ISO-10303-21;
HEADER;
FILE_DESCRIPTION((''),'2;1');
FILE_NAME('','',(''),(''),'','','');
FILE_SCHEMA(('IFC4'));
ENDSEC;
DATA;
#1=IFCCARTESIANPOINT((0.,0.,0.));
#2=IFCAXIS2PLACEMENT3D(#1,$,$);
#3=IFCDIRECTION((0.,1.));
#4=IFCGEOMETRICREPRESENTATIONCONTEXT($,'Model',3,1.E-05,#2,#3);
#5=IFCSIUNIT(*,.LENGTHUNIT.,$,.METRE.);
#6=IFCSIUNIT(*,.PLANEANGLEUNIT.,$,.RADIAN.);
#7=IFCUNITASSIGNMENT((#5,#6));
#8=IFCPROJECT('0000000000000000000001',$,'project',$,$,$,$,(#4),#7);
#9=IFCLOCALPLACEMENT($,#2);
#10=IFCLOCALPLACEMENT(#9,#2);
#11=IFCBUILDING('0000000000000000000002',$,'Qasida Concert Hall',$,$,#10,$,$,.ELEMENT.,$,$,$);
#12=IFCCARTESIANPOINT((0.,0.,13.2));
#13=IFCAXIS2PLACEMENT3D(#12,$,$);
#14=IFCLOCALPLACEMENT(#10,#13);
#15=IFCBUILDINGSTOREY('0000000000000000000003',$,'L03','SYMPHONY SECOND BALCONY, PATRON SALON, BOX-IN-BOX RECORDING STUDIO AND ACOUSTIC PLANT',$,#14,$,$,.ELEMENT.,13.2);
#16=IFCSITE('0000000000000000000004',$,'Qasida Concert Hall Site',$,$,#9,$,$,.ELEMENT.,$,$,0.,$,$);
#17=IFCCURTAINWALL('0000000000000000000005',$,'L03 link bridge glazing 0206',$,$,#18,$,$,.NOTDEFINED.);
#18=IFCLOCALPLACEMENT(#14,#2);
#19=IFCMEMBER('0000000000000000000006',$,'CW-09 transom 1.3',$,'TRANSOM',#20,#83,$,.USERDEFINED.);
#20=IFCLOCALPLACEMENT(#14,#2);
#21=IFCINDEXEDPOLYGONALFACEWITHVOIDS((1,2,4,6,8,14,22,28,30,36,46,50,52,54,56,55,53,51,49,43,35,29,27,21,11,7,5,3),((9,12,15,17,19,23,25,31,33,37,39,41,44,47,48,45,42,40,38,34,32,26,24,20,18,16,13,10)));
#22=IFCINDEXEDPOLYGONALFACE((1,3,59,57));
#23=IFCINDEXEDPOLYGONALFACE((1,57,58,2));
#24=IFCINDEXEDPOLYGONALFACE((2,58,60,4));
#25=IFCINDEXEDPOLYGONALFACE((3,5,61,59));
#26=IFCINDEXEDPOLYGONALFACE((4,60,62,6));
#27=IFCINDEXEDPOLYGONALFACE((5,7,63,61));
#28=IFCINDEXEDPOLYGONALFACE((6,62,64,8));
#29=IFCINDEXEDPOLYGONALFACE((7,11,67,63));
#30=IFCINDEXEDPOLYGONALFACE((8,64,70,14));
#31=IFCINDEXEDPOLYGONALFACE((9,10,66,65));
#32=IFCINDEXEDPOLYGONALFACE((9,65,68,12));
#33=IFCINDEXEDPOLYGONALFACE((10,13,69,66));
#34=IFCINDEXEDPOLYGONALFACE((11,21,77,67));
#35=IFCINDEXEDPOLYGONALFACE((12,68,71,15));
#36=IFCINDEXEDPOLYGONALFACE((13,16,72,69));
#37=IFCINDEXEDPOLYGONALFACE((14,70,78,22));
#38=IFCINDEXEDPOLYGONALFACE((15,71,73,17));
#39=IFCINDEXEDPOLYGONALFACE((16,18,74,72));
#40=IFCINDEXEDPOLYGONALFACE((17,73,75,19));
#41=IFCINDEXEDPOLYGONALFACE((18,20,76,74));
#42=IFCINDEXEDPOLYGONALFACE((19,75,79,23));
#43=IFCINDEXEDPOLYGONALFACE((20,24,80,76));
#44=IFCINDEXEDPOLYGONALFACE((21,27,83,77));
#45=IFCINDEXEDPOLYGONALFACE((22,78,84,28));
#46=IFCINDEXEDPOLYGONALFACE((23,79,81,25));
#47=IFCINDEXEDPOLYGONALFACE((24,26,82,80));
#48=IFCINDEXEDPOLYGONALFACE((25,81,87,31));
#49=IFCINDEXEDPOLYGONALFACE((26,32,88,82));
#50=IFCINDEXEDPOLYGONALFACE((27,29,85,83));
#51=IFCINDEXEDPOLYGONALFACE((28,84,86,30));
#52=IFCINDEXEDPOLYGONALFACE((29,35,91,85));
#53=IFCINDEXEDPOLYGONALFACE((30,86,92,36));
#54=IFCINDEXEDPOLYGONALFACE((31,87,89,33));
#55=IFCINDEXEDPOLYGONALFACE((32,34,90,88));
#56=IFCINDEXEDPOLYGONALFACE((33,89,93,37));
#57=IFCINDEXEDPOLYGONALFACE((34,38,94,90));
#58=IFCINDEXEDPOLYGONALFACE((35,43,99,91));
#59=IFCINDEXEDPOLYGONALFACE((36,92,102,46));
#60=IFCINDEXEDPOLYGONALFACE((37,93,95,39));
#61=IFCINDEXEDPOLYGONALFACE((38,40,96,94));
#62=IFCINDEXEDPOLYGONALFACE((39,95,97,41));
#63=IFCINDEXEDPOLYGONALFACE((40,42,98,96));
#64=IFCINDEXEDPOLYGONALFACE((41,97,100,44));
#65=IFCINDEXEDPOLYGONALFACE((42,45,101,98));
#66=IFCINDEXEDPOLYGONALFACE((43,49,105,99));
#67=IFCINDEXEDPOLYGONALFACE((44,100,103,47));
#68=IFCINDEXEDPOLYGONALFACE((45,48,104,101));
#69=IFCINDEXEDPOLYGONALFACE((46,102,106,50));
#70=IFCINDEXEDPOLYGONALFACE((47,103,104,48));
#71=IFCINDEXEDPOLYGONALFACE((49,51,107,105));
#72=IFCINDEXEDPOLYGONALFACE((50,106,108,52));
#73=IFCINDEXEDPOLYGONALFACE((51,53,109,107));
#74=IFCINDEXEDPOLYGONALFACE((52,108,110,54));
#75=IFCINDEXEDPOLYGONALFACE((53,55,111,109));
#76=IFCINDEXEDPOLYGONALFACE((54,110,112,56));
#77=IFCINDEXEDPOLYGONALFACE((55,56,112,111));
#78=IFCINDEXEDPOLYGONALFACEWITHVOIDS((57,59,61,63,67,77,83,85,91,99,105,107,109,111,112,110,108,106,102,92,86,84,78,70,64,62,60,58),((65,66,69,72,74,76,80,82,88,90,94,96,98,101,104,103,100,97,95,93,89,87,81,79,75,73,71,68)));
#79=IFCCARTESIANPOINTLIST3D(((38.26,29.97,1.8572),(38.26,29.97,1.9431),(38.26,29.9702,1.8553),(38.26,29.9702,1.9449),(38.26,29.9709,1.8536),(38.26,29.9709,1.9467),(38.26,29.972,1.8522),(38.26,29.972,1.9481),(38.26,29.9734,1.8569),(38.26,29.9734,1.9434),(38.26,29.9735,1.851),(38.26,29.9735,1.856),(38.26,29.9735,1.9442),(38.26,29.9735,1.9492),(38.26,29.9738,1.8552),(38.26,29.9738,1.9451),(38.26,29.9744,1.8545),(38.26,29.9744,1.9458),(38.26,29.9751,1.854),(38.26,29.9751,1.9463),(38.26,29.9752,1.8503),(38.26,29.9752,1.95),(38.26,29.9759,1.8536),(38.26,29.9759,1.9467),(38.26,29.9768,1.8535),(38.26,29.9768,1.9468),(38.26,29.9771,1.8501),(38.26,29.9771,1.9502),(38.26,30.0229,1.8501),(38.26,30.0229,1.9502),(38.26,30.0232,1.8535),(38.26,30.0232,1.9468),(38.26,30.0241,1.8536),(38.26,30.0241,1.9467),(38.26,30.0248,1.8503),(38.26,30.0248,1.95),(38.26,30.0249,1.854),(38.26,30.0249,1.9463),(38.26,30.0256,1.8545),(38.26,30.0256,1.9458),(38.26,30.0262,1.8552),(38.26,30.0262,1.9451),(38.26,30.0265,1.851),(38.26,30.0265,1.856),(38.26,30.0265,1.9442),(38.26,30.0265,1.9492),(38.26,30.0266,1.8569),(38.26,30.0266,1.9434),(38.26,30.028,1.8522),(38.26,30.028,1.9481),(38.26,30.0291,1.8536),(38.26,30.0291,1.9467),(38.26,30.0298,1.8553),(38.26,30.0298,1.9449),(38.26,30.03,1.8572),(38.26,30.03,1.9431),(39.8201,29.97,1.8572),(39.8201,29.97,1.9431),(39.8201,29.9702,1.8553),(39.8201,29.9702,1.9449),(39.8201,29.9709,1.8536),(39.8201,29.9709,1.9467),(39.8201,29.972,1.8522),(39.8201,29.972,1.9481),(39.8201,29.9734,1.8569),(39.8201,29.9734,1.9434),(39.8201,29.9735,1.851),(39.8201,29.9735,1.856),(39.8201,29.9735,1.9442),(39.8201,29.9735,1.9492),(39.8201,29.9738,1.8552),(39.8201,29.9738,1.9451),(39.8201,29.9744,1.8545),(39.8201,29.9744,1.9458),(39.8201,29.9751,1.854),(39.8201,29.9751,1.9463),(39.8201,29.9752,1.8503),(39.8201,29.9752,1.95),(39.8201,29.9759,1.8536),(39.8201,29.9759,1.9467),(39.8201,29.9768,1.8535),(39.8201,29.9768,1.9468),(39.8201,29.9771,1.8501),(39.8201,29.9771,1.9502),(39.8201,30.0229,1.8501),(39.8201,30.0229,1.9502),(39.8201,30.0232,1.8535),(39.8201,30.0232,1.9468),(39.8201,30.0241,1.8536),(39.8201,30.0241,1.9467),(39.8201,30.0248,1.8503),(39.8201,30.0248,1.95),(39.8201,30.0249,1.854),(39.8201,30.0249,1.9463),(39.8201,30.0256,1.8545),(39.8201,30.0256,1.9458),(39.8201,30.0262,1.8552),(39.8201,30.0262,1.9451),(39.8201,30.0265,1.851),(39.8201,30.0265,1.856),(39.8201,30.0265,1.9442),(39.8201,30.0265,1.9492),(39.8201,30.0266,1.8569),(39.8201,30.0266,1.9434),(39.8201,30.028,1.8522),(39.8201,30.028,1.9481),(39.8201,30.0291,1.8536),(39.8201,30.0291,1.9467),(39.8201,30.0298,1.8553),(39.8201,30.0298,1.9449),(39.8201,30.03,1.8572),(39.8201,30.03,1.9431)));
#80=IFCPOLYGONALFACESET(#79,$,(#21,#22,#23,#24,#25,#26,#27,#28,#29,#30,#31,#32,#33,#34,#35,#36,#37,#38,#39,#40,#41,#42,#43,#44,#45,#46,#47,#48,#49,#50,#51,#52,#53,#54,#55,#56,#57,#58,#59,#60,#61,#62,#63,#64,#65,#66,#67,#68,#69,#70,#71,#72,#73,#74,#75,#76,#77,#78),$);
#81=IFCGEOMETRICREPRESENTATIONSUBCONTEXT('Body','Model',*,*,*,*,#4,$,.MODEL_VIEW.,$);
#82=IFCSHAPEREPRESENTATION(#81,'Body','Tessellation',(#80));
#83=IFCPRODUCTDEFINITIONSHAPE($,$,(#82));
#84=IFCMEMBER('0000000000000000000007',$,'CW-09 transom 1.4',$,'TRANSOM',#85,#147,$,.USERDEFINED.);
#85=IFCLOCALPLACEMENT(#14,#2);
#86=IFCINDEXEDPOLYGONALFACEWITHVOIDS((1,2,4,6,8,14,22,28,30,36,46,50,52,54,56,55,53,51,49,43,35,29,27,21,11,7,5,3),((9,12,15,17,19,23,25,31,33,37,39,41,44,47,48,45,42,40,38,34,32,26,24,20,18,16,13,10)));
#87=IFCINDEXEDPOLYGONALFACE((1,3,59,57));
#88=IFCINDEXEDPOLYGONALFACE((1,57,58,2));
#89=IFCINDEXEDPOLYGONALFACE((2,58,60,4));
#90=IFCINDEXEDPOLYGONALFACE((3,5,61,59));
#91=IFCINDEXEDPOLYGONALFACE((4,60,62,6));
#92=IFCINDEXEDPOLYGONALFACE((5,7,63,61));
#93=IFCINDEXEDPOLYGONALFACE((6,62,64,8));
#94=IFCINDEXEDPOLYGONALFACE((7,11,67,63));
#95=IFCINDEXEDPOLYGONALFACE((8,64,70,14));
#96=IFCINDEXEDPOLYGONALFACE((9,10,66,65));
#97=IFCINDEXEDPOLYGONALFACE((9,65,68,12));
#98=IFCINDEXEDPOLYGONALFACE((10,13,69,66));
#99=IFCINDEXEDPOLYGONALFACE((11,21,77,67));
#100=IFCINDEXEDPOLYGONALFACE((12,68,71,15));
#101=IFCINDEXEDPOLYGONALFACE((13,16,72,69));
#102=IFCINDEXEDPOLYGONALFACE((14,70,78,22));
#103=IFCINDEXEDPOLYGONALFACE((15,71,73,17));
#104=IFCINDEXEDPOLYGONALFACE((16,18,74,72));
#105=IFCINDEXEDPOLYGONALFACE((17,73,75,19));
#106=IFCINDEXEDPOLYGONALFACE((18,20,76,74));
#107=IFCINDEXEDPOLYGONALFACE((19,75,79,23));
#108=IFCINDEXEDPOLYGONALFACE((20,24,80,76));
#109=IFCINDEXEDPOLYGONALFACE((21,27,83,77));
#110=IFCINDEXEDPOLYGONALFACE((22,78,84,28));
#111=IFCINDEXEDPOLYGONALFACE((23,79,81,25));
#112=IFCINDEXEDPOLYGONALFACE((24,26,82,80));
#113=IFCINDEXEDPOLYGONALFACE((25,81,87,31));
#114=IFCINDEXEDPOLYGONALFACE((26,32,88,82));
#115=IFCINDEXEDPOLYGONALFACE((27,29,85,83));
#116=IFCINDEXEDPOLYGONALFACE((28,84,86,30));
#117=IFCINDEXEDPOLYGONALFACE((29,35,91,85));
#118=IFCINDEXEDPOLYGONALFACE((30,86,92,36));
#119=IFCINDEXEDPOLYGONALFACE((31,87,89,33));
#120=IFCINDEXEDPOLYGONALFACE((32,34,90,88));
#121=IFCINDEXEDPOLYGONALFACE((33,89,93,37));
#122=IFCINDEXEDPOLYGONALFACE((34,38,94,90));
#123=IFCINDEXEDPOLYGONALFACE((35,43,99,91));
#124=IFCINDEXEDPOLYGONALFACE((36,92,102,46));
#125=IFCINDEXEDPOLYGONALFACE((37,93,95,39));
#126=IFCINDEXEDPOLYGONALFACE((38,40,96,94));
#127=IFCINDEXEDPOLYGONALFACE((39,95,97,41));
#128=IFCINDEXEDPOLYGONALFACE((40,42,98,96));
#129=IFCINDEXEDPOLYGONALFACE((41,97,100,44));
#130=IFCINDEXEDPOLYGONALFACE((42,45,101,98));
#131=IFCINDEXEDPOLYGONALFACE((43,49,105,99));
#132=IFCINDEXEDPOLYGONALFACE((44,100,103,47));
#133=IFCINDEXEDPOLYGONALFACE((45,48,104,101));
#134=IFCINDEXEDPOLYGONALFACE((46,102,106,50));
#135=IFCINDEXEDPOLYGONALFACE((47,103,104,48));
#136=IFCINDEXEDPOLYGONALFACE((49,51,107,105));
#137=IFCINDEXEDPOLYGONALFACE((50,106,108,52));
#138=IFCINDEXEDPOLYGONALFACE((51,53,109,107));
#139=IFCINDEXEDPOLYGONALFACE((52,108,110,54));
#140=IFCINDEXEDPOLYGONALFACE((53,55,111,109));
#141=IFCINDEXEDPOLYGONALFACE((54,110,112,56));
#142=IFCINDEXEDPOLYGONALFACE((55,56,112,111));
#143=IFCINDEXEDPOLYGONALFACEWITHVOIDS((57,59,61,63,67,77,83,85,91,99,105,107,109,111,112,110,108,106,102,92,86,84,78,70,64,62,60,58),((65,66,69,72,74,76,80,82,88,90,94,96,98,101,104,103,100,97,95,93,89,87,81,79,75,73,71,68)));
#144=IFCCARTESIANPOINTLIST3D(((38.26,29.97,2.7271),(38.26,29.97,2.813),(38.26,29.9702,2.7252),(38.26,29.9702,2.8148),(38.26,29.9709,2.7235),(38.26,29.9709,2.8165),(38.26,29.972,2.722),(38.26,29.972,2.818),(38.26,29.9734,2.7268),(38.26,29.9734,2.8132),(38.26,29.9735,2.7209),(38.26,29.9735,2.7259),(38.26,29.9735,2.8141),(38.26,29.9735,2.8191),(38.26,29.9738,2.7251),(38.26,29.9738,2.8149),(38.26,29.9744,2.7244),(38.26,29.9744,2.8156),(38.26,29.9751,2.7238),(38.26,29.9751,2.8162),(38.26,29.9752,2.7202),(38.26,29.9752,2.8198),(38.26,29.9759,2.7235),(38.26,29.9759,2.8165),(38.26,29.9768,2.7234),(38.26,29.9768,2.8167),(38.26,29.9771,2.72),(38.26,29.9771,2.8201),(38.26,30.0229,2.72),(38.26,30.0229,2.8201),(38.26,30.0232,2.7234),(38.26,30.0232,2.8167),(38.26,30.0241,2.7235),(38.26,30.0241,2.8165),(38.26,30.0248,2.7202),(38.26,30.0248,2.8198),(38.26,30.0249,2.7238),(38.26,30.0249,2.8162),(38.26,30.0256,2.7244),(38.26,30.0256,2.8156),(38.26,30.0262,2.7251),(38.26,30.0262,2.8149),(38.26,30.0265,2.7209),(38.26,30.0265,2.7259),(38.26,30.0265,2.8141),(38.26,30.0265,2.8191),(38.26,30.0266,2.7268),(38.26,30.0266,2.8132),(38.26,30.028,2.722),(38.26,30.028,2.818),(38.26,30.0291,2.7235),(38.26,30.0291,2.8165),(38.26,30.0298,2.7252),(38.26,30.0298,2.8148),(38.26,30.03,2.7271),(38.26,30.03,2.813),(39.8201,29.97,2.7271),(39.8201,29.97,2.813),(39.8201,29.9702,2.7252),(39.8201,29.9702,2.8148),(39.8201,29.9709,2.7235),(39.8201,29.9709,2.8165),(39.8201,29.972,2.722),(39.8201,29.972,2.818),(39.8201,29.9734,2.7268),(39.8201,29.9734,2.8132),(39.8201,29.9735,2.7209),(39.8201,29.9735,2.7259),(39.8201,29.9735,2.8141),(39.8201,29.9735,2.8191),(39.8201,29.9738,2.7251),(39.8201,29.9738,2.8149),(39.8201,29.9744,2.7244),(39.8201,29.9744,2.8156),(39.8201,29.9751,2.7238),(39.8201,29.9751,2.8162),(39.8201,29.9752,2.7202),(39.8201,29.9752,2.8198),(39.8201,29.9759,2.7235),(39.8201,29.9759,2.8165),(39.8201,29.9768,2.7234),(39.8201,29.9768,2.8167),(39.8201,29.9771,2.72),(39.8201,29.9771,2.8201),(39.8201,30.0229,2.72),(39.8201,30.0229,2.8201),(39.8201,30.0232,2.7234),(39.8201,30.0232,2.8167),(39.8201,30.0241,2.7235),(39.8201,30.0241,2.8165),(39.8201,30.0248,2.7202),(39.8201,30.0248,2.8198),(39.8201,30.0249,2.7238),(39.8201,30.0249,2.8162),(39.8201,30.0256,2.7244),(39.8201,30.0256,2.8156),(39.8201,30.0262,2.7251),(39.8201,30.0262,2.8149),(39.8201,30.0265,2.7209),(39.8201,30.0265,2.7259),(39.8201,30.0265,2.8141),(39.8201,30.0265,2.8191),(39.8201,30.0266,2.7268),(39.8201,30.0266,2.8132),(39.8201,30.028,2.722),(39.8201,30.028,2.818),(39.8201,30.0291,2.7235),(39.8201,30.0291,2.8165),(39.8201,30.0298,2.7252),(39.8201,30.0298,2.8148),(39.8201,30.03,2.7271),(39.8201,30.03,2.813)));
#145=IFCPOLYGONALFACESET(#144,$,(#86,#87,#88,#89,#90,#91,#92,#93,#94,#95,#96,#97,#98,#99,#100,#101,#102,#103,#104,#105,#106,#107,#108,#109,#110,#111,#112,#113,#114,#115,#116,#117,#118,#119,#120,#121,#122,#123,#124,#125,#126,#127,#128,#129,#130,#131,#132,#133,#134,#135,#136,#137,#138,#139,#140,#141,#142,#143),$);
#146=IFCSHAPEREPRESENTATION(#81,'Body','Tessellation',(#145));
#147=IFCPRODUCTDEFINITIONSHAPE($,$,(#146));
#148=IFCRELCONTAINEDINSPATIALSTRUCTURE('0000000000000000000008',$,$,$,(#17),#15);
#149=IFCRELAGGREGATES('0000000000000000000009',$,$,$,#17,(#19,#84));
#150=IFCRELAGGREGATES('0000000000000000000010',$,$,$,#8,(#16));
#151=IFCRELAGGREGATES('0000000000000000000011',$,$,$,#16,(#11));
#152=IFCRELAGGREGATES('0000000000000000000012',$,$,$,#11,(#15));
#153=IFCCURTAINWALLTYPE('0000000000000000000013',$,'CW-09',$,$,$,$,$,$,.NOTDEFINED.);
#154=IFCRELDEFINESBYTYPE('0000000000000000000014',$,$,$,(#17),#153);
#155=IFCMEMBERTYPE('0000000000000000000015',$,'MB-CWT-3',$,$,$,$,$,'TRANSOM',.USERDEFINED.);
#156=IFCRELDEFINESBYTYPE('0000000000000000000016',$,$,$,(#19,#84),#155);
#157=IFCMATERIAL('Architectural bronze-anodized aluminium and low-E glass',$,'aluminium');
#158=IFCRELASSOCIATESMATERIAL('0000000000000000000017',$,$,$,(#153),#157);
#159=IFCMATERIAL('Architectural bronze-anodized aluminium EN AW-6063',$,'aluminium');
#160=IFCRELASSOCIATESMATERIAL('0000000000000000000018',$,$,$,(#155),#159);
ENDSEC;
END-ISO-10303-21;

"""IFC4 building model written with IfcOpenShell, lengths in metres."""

from ifc_helpers import new_model, si_unit, direction, frame, origin, origin_2d, place, context, subcontext, project, spatial, hollow_rectangle, extrude, material, material_profile, profile_set, type_object, element, aggregate, save


model = new_model("IFC4")

# Units and contexts
model_context = context("Model", 3, precision=1e-05, world=origin(), true_north=direction((0.0, 1.0)))
body_context = subcontext(model_context, "Body", "Model", "MODEL_VIEW")
ifc_project = project(units=[si_unit("LENGTHUNIT", "METRE"), si_unit("PLANEANGLEUNIT", "RADIAN")], contexts=[model_context])

# Site, building, storey
site_placement = place(None, origin())
site = spatial("IfcSite", under=ifc_project, at=site_placement, Name="Qasida Concert Hall Site", CompositionType="ELEMENT", RefElevation=0.0)
building_placement = place(site_placement, origin())
building = spatial("IfcBuilding", under=site, at=building_placement, Name="Qasida Concert Hall", CompositionType="ELEMENT")
storey_placement = place(building_placement, frame((0.0, 0.0, 13.2)))
storey = spatial("IfcBuildingStorey", under=building, at=storey_placement, Name="L03", Description="SYMPHONY SECOND BALCONY, PATRON SALON, BOX-IN-BOX RECORDING STUDIO AND ACOUSTIC PLANT", CompositionType="ELEMENT", Elevation=13.2)

# Curtain wall
ifc_material_1 = material(Name="Architectural bronze-anodized aluminium and low-E glass", Category="aluminium")
curtain_wall_type = type_object("IfcCurtainWallType", Name="CW-09", PredefinedType="NOTDEFINED", material=ifc_material_1)
ifc_material_2 = material(Name="Architectural bronze-anodized aluminium EN AW-6063", Category="aluminium")
curtain_wall_1_placement = place(storey_placement, origin())
curtain_wall_1 = element("IfcCurtainWall", 1, at=curtain_wall_1_placement, inside=storey, type_object=curtain_wall_type, Name="L03 link bridge glazing 0206", PredefinedType="NOTDEFINED")

# Members
ifc_material_profile_1 = material_profile(ifc_material_2, hollow_rectangle(XDim=0.0601, YDim=0.1001, WallThickness=0.0034, InnerFilletRadius=0.0034, OuterFilletRadius=0.0071, at=origin_2d()), Name="CWT 100x60x3.5")
ifc_profile_set_1 = profile_set([ifc_material_profile_1], Name="Architectural bronze-anodized aluminium EN AW-6063")
member_type_1 = type_object("IfcMemberType", Name="MB-CWT-3", ElementType="TRANSOM", PredefinedType="USERDEFINED", material=ifc_profile_set_1)
member_1_placement = place(storey_placement, frame((38.26, 30.0, 1.9001), z_axis=(1.0, 0.0, 0.0), x_axis=(0.0, 1.0, 0.0)))
member_1 = element("IfcMember", 2, at=member_1_placement, type_object=member_type_1, Name="CW-09 transom 1.3", ObjectType="TRANSOM", PredefinedType="USERDEFINED", context=body_context, shape_type="SweptSolid", body=[
    extrude(hollow_rectangle(XDim=0.0601, YDim=0.1001, WallThickness=0.0034, InnerFilletRadius=0.0034, OuterFilletRadius=0.0071, at=origin_2d()), origin(), (0.0, 0.0, 1.0), 1.5601),
])
member_2_placement = place(storey_placement, frame((38.26, 30.0, 2.77), z_axis=(1.0, 0.0, 0.0), x_axis=(0.0, 1.0, 0.0)))
member_2 = element("IfcMember", 3, at=member_2_placement, type_object=member_type_1, Name="CW-09 transom 1.4", ObjectType="TRANSOM", PredefinedType="USERDEFINED", context=body_context, shape_type="SweptSolid", body=[
    extrude(hollow_rectangle(XDim=0.0601, YDim=0.1001, WallThickness=0.0034, InnerFilletRadius=0.0034, OuterFilletRadius=0.0071, at=origin_2d()), origin(), (0.0, 0.0, 1.0), 1.5601),
])

aggregate(curtain_wall_1, [member_1, member_2])

save(model, "model.ifc")
